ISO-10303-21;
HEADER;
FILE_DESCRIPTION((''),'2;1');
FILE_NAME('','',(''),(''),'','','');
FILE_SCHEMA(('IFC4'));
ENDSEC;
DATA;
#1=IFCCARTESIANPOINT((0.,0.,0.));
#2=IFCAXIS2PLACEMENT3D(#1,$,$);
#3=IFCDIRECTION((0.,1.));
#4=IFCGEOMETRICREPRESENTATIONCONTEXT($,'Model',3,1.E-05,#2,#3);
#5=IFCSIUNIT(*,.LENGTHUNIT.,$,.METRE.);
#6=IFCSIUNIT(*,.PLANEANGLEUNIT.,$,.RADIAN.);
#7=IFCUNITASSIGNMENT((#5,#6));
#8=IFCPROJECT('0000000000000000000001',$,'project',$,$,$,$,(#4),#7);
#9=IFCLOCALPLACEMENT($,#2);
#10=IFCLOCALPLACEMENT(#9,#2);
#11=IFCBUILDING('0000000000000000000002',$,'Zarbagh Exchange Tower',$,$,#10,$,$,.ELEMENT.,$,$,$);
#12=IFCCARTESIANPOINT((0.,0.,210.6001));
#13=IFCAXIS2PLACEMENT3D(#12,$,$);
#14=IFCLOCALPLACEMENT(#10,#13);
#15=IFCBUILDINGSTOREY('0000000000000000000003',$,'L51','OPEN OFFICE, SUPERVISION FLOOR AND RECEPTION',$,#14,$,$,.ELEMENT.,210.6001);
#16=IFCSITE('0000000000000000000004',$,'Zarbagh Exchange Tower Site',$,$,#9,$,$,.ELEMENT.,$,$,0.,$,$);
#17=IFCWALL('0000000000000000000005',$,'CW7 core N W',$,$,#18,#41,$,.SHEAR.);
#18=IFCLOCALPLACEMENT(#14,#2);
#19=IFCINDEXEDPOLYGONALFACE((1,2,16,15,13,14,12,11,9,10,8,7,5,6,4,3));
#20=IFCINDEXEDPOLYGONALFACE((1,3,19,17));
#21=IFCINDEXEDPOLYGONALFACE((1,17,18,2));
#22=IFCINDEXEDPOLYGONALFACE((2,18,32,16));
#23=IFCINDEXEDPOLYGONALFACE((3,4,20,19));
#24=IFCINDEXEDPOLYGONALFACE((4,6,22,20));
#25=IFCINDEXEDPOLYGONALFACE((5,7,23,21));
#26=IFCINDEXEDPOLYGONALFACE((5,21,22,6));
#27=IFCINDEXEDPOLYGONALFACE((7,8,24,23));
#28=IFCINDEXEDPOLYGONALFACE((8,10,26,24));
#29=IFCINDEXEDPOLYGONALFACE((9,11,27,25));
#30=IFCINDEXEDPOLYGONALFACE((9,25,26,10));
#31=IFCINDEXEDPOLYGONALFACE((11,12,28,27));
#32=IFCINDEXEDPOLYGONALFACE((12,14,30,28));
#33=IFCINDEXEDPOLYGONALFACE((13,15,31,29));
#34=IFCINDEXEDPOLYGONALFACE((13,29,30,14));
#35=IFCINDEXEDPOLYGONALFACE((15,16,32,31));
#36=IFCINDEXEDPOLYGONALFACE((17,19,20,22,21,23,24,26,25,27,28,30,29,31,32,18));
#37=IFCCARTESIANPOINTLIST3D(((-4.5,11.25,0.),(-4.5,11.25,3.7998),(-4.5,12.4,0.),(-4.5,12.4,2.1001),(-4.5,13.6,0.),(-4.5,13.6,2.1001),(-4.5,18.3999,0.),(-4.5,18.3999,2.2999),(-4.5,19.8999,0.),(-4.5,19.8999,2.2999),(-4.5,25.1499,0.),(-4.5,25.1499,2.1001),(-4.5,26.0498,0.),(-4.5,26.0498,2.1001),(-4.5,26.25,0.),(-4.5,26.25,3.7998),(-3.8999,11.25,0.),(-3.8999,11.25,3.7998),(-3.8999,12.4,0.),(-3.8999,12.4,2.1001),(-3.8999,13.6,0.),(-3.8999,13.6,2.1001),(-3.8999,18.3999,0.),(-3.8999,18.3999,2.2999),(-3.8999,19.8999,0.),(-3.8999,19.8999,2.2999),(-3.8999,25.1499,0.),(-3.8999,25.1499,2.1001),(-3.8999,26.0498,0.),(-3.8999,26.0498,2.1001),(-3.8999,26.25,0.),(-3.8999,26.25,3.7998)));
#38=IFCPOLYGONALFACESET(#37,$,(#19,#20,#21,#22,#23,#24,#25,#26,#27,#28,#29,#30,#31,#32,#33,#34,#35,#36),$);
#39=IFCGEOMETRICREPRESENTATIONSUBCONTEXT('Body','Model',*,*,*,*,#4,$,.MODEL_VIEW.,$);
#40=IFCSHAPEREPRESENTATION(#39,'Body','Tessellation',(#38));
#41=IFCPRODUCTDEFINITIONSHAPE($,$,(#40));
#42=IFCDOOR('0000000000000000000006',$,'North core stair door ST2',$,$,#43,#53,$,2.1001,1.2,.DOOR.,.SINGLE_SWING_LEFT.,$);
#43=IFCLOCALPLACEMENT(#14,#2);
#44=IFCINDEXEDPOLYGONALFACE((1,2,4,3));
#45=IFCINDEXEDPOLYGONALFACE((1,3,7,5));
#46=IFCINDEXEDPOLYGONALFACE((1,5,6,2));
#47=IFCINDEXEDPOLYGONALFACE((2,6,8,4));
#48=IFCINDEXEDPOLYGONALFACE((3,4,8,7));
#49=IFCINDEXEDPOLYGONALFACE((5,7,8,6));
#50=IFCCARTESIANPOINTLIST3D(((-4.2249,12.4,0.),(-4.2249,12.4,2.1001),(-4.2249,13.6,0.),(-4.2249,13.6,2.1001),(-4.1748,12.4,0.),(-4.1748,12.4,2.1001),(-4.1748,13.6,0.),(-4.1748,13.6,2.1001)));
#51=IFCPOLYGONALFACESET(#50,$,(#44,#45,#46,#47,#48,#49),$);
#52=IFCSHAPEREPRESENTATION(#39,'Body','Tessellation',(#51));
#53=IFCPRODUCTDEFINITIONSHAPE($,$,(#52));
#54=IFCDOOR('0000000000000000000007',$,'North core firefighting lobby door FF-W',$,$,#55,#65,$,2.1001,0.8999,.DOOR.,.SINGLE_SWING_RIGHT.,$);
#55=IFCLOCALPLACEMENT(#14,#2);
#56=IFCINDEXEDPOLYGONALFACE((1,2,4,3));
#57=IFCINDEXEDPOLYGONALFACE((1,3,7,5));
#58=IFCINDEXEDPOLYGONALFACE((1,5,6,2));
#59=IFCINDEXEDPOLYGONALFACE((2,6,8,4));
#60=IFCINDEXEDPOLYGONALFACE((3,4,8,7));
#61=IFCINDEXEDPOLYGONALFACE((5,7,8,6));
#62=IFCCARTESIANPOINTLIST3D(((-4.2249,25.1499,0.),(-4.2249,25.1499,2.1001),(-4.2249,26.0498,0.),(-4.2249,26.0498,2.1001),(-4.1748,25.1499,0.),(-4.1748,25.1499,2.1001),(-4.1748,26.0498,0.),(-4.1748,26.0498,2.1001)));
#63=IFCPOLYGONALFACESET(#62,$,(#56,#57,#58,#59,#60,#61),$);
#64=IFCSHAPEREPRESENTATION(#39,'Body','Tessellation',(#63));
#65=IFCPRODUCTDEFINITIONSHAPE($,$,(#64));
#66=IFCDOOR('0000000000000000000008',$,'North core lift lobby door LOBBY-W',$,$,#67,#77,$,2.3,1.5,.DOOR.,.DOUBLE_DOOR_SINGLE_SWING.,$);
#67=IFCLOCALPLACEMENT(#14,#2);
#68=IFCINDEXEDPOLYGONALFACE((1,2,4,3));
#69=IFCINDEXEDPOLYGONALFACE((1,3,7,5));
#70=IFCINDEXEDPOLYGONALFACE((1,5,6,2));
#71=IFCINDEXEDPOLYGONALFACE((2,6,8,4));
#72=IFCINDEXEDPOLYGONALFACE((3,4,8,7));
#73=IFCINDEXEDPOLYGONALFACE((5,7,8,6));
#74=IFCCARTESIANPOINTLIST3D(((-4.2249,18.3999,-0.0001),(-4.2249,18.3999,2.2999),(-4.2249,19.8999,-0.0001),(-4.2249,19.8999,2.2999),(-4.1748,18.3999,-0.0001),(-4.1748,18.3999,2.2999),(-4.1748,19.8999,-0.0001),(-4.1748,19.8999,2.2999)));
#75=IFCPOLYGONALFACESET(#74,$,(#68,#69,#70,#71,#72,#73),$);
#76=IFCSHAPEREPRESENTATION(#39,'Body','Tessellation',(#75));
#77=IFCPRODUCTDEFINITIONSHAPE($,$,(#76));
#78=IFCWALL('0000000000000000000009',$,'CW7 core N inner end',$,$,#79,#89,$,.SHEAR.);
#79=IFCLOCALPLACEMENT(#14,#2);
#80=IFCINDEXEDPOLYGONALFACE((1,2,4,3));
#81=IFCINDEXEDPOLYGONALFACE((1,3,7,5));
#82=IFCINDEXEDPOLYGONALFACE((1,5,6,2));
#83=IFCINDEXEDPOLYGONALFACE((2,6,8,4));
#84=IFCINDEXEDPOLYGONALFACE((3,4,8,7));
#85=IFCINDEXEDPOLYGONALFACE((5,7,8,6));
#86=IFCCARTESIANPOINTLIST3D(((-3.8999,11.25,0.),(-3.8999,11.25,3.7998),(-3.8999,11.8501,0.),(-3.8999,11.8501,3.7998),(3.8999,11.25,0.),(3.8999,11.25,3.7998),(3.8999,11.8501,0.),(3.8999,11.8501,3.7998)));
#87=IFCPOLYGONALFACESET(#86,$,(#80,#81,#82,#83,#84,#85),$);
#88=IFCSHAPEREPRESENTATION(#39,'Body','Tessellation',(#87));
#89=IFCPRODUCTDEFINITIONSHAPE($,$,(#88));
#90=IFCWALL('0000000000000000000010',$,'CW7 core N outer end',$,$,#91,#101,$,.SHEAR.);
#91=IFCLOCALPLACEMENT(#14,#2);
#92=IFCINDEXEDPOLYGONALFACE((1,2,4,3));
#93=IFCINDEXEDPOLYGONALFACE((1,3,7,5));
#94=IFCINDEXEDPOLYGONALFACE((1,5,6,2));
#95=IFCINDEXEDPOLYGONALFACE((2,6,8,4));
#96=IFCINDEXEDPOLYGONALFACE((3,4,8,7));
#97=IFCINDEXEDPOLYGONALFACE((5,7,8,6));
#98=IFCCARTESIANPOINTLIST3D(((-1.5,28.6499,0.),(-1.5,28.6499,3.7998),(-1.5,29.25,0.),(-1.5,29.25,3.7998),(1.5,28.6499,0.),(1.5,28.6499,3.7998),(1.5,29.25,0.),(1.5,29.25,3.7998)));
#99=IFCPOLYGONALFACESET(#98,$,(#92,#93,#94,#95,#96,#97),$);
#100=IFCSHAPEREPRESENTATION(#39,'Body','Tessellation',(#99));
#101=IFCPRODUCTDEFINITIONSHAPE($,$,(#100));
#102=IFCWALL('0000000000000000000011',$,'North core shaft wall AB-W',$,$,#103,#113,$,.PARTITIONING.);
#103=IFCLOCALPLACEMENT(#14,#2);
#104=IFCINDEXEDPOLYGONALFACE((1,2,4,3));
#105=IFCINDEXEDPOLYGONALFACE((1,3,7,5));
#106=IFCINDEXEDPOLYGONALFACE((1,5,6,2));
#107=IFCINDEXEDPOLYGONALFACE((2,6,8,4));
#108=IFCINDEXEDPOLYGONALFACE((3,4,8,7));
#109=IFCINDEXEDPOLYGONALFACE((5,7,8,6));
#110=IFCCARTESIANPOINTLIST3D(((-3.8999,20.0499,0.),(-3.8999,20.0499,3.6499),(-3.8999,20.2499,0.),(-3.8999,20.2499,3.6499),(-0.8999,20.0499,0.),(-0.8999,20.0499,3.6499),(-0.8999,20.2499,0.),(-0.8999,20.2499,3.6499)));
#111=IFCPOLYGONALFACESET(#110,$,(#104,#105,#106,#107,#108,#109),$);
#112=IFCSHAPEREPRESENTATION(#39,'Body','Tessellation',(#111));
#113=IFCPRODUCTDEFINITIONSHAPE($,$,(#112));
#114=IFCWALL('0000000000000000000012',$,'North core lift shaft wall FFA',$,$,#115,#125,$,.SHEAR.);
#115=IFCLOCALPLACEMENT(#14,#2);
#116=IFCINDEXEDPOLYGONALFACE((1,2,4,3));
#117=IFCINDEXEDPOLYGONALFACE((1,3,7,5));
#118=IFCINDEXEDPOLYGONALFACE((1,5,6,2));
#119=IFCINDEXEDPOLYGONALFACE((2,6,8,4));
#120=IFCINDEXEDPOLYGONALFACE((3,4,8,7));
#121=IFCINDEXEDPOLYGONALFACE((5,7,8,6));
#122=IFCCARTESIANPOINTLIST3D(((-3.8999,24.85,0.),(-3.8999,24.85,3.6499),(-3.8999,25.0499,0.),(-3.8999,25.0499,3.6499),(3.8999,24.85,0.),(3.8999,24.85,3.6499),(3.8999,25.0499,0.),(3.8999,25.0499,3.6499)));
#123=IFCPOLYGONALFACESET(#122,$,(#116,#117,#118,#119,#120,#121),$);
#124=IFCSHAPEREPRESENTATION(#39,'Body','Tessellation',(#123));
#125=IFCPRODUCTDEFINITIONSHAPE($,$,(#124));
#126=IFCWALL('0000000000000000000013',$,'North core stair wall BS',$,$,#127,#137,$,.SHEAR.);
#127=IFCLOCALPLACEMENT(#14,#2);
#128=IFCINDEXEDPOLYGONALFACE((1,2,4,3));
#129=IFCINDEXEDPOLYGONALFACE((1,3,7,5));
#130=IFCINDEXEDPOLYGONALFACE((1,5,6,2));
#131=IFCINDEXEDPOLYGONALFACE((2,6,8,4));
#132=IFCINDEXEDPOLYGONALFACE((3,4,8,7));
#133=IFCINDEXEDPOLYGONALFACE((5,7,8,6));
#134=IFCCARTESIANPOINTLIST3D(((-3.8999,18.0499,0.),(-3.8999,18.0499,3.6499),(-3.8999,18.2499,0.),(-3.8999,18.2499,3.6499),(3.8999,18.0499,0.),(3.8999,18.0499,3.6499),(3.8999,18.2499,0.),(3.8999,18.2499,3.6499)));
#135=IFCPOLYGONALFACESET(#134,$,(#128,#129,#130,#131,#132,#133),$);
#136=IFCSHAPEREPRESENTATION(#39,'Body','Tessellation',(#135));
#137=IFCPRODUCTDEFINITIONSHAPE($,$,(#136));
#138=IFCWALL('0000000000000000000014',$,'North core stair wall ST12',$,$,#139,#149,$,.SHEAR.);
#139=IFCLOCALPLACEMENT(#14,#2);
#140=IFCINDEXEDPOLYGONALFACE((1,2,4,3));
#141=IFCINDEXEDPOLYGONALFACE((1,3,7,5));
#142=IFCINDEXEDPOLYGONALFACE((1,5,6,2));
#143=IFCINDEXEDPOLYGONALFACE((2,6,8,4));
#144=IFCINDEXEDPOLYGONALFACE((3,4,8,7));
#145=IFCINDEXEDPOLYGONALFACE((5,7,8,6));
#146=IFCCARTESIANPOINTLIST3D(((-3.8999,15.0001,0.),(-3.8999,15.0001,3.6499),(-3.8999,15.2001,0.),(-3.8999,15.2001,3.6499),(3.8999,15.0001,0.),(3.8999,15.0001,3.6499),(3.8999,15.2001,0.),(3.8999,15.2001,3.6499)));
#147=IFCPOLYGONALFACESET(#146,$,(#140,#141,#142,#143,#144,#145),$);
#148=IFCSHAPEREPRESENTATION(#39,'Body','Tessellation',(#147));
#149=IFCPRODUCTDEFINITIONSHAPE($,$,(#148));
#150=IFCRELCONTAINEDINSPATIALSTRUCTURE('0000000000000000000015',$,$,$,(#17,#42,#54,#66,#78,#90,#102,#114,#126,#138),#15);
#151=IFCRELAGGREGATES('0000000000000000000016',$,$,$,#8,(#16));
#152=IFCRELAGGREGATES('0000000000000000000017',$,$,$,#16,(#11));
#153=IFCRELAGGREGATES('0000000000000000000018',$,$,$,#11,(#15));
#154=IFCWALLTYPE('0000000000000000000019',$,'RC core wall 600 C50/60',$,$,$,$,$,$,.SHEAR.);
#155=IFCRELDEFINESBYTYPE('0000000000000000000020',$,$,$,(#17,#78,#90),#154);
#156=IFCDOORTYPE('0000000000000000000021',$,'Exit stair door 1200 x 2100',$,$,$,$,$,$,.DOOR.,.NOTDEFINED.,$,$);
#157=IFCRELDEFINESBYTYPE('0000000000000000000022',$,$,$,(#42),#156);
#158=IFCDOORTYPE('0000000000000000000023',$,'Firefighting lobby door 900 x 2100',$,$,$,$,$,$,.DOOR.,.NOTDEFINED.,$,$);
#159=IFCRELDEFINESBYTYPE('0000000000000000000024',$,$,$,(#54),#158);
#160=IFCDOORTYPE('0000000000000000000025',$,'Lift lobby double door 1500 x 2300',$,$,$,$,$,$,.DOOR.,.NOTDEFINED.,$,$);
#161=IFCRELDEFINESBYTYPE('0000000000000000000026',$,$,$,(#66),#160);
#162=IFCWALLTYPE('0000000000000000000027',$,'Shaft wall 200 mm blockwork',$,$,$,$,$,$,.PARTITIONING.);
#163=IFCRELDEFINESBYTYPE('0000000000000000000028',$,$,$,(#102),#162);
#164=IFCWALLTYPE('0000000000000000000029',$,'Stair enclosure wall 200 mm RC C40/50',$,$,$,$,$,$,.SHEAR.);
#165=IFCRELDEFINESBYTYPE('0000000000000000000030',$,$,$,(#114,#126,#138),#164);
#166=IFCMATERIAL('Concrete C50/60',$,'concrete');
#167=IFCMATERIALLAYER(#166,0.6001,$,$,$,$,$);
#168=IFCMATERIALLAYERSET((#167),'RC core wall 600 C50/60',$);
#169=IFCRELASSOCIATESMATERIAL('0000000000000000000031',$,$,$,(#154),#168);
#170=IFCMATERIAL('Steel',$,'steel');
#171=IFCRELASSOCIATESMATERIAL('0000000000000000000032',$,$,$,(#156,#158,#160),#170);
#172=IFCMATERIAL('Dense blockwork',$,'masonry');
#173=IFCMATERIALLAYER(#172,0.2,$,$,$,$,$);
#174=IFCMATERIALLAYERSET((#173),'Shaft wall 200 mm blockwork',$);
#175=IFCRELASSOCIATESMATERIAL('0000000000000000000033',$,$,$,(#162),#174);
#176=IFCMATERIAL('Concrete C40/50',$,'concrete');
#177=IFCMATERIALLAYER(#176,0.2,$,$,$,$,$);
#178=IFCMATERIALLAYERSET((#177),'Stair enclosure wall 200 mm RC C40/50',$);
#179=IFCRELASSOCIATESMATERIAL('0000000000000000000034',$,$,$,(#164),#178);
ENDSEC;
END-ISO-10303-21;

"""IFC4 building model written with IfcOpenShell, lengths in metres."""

from ifc_helpers import new_model, si_unit, direction, frame, frame_2d, origin, place, context, subcontext, project, spatial, rectangle, extrude, material, layer, layer_set, type_object, element, fill, save


model = new_model("IFC4")

# Units and contexts
model_context = context("Model", 3, precision=1e-05, world=origin(), true_north=direction((0.0, 1.0)))
body_context = subcontext(model_context, "Body", "Model", "MODEL_VIEW")
ifc_project = project(units=[si_unit("LENGTHUNIT", "METRE"), si_unit("PLANEANGLEUNIT", "RADIAN")], contexts=[model_context])

# Site, building, storey
site_placement = place(None, origin())
site = spatial("IfcSite", under=ifc_project, at=site_placement, Name="Zarbagh Exchange Tower Site", CompositionType="ELEMENT", RefElevation=0.0)
building_placement = place(site_placement, origin())
building = spatial("IfcBuilding", under=site, at=building_placement, Name="Zarbagh Exchange Tower", CompositionType="ELEMENT")
storey_placement = place(building_placement, frame((0.0, 0.0, 210.6001)))
storey = spatial("IfcBuildingStorey", under=building, at=storey_placement, Name="L51", Description="OPEN OFFICE, SUPERVISION FLOOR AND RECEPTION", CompositionType="ELEMENT", Elevation=210.6001)

# Shared definitions
ifc_material_1 = material(Name="Concrete C50/60", Category="concrete")

# Wall, openings, doors
ifc_layer_1 = layer(ifc_material_1, 0.6001)
ifc_layer_set_1 = layer_set([ifc_layer_1], Name="RC core wall 600 C50/60")
wall_type_1 = type_object("IfcWallType", Name="RC core wall 600 C50/60", PredefinedType="SHEAR", material=ifc_layer_set_1)
wall_1_placement = place(storey_placement, frame((-4.2, 11.25, 0.0), z_axis=(0.0, 0.0, 1.0), x_axis=(0.0, 1.0, 0.0)))
wall_1 = element("IfcWall", 1, at=wall_1_placement, inside=storey, type_object=wall_type_1, Name="CW7 core N W", PredefinedType="SHEAR", context=body_context, shape_type="SweptSolid", body=[
    extrude(rectangle(XDim=15.0, YDim=0.6001, at=frame_2d((7.5, 0.0))), origin(), (0.0, 0.0, 1.0), 3.7998),
])
opening_1_placement = place(wall_1_placement, frame((7.1499, 0.0, 0.0)))
opening_1 = element("IfcOpeningElement", 2, at=opening_1_placement, cuts=wall_1, PredefinedType="OPENING", context=body_context, shape_type="SweptSolid", body=[
    extrude(rectangle(XDim=1.5, YDim=2.3, at=frame_2d((0.75, 1.1499))), frame((0.0, 0.3101, 0.0), z_axis=(0.0, -1.0, 0.0), x_axis=(1.0, 0.0, 0.0)), (0.0, 0.0, 1.0), 0.6201),
])
opening_2_placement = place(wall_1_placement, frame((13.8999, 0.0, 0.0)))
opening_2 = element("IfcOpeningElement", 3, at=opening_2_placement, cuts=wall_1, PredefinedType="OPENING", context=body_context, shape_type="SweptSolid", body=[
    extrude(rectangle(XDim=0.8999, YDim=2.1001, at=frame_2d((0.45, 1.05))), frame((0.0, 0.3101, 0.0), z_axis=(0.0, -1.0, 0.0), x_axis=(1.0, 0.0, 0.0)), (0.0, 0.0, 1.0), 0.6201),
])
opening_3_placement = place(wall_1_placement, frame((1.1499, 0.0, 0.0)))
opening_3 = element("IfcOpeningElement", 4, at=opening_3_placement, cuts=wall_1, PredefinedType="OPENING", context=body_context, shape_type="SweptSolid", body=[
    extrude(rectangle(XDim=1.2, YDim=2.1001, at=frame_2d((0.6001, 1.05))), frame((0.0, 0.3101, 0.0), z_axis=(0.0, -1.0, 0.0), x_axis=(1.0, 0.0, 0.0)), (0.0, 0.0, 1.0), 0.6201),
])
ifc_material_2 = material(Name="Steel", Category="steel")
door_type_1 = type_object("IfcDoorType", Name="Exit stair door 1200 x 2100", OperationType="NOTDEFINED", PredefinedType="DOOR", material=ifc_material_2)
door_1_placement = place(opening_3_placement, origin())
door_1 = element("IfcDoor", 5, at=door_1_placement, inside=storey, type_object=door_type_1, Name="North core stair door ST2", OperationType="SINGLE_SWING_LEFT", OverallHeight=2.1001, OverallWidth=1.2, PredefinedType="DOOR", context=body_context, shape_type="SweptSolid", body=[
    extrude(rectangle(XDim=1.2, YDim=2.1001, at=frame_2d((0.6001, 1.05))), frame((0.0, 0.0249, 0.0), z_axis=(0.0, -1.0, 0.0), x_axis=(1.0, 0.0, 0.0)), (0.0, 0.0, 1.0), 0.05),
])
fill(opening_3, door_1)
door_type_2 = type_object("IfcDoorType", Name="Firefighting lobby door 900 x 2100", OperationType="NOTDEFINED", PredefinedType="DOOR", material=ifc_material_2)
door_2_placement = place(opening_2_placement, origin())
door_2 = element("IfcDoor", 6, at=door_2_placement, inside=storey, type_object=door_type_2, Name="North core firefighting lobby door FF-W", OperationType="SINGLE_SWING_RIGHT", OverallHeight=2.1001, OverallWidth=0.8999, PredefinedType="DOOR", context=body_context, shape_type="SweptSolid", body=[
    extrude(rectangle(XDim=0.8999, YDim=2.1001, at=frame_2d((0.45, 1.05))), frame((0.0, 0.0249, 0.0), z_axis=(0.0, -1.0, 0.0), x_axis=(1.0, 0.0, 0.0)), (0.0, 0.0, 1.0), 0.05),
])
fill(opening_2, door_2)
door_type_3 = type_object("IfcDoorType", Name="Lift lobby double door 1500 x 2300", OperationType="NOTDEFINED", PredefinedType="DOOR", material=ifc_material_2)
door_3_placement = place(opening_1_placement, origin())
door_3 = element("IfcDoor", 7, at=door_3_placement, inside=storey, type_object=door_type_3, Name="North core lift lobby door LOBBY-W", OperationType="DOUBLE_DOOR_SINGLE_SWING", OverallHeight=2.3, OverallWidth=1.5, PredefinedType="DOOR", context=body_context, shape_type="SweptSolid", body=[
    extrude(rectangle(XDim=1.5, YDim=2.3, at=frame_2d((0.75, 1.1499))), frame((0.0, 0.0249, 0.0), z_axis=(0.0, -1.0, 0.0), x_axis=(1.0, 0.0, 0.0)), (0.0, 0.0, 1.0), 0.05),
])
fill(opening_1, door_3)

# Walls
wall_2_placement = place(storey_placement, frame((-3.8999, 11.55, 0.0), z_axis=(0.0, 0.0, 1.0), x_axis=(1.0, 0.0, 0.0)))
element("IfcWall", 8, at=wall_2_placement, inside=storey, type_object=wall_type_1, Name="CW7 core N inner end", PredefinedType="SHEAR", context=body_context, shape_type="SweptSolid", body=[
    extrude(rectangle(XDim=7.7998, YDim=0.6001, at=frame_2d((3.8999, 0.0))), origin(), (0.0, 0.0, 1.0), 3.7998),
])
wall_3_placement = place(storey_placement, frame((-1.5, 28.95, 0.0), z_axis=(0.0, 0.0, 1.0), x_axis=(1.0, 0.0, 0.0)))
element("IfcWall", 9, at=wall_3_placement, inside=storey, type_object=wall_type_1, Name="CW7 core N outer end", PredefinedType="SHEAR", context=body_context, shape_type="SweptSolid", body=[
    extrude(rectangle(XDim=3.0, YDim=0.6001, at=frame_2d((1.5, 0.0))), origin(), (0.0, 0.0, 1.0), 3.7998),
])
ifc_material_3 = material(Name="Dense blockwork", Category="masonry")
ifc_layer_2 = layer(ifc_material_3, 0.2)
ifc_layer_set_2 = layer_set([ifc_layer_2], Name="Shaft wall 200 mm blockwork")
wall_type_2 = type_object("IfcWallType", Name="Shaft wall 200 mm blockwork", PredefinedType="PARTITIONING", material=ifc_layer_set_2)
wall_4_placement = place(storey_placement, frame((-3.8999, 20.1499, 0.0), z_axis=(0.0, 0.0, 1.0), x_axis=(1.0, 0.0, 0.0)))
element("IfcWall", 10, at=wall_4_placement, inside=storey, type_object=wall_type_2, Name="North core shaft wall AB-W", PredefinedType="PARTITIONING", context=body_context, shape_type="SweptSolid", body=[
    extrude(rectangle(XDim=3.0, YDim=0.2, at=frame_2d((1.5, 0.0))), origin(), (0.0, 0.0, 1.0), 3.6499),
])
ifc_material_4 = material(Name="Concrete C40/50", Category="concrete")
ifc_layer_3 = layer(ifc_material_4, 0.2)
ifc_layer_set_3 = layer_set([ifc_layer_3], Name="Stair enclosure wall 200 mm RC C40/50")
wall_type_3 = type_object("IfcWallType", Name="Stair enclosure wall 200 mm RC C40/50", PredefinedType="SHEAR", material=ifc_layer_set_3)
for number, where, z_axis, x_axis, name in (
    (11, (-3.8999, 24.95, 0.0), (0.0, 0.0, 1.0), (1.0, 0.0, 0.0), "North core lift shaft wall FFA"),
    (12, (-3.8999, 18.1499, 0.0), (0.0, 0.0, 1.0), (1.0, 0.0, 0.0), "North core stair wall BS"),
    (13, (-3.8999, 15.1001, 0.0), (0.0, 0.0, 1.0), (1.0, 0.0, 0.0), "North core stair wall ST12"),
):
    element("IfcWall", number, at=place(storey_placement, frame(where, z_axis=z_axis, x_axis=x_axis)), inside=storey, type_object=wall_type_3, Name=name, PredefinedType="SHEAR", context=body_context, shape_type="SweptSolid", body=[
        extrude(rectangle(XDim=7.7998, YDim=0.2, at=frame_2d((3.8999, 0.0))), origin(), (0.0, 0.0, 1.0), 3.6499),
    ])

save(model, "model.ifc")
